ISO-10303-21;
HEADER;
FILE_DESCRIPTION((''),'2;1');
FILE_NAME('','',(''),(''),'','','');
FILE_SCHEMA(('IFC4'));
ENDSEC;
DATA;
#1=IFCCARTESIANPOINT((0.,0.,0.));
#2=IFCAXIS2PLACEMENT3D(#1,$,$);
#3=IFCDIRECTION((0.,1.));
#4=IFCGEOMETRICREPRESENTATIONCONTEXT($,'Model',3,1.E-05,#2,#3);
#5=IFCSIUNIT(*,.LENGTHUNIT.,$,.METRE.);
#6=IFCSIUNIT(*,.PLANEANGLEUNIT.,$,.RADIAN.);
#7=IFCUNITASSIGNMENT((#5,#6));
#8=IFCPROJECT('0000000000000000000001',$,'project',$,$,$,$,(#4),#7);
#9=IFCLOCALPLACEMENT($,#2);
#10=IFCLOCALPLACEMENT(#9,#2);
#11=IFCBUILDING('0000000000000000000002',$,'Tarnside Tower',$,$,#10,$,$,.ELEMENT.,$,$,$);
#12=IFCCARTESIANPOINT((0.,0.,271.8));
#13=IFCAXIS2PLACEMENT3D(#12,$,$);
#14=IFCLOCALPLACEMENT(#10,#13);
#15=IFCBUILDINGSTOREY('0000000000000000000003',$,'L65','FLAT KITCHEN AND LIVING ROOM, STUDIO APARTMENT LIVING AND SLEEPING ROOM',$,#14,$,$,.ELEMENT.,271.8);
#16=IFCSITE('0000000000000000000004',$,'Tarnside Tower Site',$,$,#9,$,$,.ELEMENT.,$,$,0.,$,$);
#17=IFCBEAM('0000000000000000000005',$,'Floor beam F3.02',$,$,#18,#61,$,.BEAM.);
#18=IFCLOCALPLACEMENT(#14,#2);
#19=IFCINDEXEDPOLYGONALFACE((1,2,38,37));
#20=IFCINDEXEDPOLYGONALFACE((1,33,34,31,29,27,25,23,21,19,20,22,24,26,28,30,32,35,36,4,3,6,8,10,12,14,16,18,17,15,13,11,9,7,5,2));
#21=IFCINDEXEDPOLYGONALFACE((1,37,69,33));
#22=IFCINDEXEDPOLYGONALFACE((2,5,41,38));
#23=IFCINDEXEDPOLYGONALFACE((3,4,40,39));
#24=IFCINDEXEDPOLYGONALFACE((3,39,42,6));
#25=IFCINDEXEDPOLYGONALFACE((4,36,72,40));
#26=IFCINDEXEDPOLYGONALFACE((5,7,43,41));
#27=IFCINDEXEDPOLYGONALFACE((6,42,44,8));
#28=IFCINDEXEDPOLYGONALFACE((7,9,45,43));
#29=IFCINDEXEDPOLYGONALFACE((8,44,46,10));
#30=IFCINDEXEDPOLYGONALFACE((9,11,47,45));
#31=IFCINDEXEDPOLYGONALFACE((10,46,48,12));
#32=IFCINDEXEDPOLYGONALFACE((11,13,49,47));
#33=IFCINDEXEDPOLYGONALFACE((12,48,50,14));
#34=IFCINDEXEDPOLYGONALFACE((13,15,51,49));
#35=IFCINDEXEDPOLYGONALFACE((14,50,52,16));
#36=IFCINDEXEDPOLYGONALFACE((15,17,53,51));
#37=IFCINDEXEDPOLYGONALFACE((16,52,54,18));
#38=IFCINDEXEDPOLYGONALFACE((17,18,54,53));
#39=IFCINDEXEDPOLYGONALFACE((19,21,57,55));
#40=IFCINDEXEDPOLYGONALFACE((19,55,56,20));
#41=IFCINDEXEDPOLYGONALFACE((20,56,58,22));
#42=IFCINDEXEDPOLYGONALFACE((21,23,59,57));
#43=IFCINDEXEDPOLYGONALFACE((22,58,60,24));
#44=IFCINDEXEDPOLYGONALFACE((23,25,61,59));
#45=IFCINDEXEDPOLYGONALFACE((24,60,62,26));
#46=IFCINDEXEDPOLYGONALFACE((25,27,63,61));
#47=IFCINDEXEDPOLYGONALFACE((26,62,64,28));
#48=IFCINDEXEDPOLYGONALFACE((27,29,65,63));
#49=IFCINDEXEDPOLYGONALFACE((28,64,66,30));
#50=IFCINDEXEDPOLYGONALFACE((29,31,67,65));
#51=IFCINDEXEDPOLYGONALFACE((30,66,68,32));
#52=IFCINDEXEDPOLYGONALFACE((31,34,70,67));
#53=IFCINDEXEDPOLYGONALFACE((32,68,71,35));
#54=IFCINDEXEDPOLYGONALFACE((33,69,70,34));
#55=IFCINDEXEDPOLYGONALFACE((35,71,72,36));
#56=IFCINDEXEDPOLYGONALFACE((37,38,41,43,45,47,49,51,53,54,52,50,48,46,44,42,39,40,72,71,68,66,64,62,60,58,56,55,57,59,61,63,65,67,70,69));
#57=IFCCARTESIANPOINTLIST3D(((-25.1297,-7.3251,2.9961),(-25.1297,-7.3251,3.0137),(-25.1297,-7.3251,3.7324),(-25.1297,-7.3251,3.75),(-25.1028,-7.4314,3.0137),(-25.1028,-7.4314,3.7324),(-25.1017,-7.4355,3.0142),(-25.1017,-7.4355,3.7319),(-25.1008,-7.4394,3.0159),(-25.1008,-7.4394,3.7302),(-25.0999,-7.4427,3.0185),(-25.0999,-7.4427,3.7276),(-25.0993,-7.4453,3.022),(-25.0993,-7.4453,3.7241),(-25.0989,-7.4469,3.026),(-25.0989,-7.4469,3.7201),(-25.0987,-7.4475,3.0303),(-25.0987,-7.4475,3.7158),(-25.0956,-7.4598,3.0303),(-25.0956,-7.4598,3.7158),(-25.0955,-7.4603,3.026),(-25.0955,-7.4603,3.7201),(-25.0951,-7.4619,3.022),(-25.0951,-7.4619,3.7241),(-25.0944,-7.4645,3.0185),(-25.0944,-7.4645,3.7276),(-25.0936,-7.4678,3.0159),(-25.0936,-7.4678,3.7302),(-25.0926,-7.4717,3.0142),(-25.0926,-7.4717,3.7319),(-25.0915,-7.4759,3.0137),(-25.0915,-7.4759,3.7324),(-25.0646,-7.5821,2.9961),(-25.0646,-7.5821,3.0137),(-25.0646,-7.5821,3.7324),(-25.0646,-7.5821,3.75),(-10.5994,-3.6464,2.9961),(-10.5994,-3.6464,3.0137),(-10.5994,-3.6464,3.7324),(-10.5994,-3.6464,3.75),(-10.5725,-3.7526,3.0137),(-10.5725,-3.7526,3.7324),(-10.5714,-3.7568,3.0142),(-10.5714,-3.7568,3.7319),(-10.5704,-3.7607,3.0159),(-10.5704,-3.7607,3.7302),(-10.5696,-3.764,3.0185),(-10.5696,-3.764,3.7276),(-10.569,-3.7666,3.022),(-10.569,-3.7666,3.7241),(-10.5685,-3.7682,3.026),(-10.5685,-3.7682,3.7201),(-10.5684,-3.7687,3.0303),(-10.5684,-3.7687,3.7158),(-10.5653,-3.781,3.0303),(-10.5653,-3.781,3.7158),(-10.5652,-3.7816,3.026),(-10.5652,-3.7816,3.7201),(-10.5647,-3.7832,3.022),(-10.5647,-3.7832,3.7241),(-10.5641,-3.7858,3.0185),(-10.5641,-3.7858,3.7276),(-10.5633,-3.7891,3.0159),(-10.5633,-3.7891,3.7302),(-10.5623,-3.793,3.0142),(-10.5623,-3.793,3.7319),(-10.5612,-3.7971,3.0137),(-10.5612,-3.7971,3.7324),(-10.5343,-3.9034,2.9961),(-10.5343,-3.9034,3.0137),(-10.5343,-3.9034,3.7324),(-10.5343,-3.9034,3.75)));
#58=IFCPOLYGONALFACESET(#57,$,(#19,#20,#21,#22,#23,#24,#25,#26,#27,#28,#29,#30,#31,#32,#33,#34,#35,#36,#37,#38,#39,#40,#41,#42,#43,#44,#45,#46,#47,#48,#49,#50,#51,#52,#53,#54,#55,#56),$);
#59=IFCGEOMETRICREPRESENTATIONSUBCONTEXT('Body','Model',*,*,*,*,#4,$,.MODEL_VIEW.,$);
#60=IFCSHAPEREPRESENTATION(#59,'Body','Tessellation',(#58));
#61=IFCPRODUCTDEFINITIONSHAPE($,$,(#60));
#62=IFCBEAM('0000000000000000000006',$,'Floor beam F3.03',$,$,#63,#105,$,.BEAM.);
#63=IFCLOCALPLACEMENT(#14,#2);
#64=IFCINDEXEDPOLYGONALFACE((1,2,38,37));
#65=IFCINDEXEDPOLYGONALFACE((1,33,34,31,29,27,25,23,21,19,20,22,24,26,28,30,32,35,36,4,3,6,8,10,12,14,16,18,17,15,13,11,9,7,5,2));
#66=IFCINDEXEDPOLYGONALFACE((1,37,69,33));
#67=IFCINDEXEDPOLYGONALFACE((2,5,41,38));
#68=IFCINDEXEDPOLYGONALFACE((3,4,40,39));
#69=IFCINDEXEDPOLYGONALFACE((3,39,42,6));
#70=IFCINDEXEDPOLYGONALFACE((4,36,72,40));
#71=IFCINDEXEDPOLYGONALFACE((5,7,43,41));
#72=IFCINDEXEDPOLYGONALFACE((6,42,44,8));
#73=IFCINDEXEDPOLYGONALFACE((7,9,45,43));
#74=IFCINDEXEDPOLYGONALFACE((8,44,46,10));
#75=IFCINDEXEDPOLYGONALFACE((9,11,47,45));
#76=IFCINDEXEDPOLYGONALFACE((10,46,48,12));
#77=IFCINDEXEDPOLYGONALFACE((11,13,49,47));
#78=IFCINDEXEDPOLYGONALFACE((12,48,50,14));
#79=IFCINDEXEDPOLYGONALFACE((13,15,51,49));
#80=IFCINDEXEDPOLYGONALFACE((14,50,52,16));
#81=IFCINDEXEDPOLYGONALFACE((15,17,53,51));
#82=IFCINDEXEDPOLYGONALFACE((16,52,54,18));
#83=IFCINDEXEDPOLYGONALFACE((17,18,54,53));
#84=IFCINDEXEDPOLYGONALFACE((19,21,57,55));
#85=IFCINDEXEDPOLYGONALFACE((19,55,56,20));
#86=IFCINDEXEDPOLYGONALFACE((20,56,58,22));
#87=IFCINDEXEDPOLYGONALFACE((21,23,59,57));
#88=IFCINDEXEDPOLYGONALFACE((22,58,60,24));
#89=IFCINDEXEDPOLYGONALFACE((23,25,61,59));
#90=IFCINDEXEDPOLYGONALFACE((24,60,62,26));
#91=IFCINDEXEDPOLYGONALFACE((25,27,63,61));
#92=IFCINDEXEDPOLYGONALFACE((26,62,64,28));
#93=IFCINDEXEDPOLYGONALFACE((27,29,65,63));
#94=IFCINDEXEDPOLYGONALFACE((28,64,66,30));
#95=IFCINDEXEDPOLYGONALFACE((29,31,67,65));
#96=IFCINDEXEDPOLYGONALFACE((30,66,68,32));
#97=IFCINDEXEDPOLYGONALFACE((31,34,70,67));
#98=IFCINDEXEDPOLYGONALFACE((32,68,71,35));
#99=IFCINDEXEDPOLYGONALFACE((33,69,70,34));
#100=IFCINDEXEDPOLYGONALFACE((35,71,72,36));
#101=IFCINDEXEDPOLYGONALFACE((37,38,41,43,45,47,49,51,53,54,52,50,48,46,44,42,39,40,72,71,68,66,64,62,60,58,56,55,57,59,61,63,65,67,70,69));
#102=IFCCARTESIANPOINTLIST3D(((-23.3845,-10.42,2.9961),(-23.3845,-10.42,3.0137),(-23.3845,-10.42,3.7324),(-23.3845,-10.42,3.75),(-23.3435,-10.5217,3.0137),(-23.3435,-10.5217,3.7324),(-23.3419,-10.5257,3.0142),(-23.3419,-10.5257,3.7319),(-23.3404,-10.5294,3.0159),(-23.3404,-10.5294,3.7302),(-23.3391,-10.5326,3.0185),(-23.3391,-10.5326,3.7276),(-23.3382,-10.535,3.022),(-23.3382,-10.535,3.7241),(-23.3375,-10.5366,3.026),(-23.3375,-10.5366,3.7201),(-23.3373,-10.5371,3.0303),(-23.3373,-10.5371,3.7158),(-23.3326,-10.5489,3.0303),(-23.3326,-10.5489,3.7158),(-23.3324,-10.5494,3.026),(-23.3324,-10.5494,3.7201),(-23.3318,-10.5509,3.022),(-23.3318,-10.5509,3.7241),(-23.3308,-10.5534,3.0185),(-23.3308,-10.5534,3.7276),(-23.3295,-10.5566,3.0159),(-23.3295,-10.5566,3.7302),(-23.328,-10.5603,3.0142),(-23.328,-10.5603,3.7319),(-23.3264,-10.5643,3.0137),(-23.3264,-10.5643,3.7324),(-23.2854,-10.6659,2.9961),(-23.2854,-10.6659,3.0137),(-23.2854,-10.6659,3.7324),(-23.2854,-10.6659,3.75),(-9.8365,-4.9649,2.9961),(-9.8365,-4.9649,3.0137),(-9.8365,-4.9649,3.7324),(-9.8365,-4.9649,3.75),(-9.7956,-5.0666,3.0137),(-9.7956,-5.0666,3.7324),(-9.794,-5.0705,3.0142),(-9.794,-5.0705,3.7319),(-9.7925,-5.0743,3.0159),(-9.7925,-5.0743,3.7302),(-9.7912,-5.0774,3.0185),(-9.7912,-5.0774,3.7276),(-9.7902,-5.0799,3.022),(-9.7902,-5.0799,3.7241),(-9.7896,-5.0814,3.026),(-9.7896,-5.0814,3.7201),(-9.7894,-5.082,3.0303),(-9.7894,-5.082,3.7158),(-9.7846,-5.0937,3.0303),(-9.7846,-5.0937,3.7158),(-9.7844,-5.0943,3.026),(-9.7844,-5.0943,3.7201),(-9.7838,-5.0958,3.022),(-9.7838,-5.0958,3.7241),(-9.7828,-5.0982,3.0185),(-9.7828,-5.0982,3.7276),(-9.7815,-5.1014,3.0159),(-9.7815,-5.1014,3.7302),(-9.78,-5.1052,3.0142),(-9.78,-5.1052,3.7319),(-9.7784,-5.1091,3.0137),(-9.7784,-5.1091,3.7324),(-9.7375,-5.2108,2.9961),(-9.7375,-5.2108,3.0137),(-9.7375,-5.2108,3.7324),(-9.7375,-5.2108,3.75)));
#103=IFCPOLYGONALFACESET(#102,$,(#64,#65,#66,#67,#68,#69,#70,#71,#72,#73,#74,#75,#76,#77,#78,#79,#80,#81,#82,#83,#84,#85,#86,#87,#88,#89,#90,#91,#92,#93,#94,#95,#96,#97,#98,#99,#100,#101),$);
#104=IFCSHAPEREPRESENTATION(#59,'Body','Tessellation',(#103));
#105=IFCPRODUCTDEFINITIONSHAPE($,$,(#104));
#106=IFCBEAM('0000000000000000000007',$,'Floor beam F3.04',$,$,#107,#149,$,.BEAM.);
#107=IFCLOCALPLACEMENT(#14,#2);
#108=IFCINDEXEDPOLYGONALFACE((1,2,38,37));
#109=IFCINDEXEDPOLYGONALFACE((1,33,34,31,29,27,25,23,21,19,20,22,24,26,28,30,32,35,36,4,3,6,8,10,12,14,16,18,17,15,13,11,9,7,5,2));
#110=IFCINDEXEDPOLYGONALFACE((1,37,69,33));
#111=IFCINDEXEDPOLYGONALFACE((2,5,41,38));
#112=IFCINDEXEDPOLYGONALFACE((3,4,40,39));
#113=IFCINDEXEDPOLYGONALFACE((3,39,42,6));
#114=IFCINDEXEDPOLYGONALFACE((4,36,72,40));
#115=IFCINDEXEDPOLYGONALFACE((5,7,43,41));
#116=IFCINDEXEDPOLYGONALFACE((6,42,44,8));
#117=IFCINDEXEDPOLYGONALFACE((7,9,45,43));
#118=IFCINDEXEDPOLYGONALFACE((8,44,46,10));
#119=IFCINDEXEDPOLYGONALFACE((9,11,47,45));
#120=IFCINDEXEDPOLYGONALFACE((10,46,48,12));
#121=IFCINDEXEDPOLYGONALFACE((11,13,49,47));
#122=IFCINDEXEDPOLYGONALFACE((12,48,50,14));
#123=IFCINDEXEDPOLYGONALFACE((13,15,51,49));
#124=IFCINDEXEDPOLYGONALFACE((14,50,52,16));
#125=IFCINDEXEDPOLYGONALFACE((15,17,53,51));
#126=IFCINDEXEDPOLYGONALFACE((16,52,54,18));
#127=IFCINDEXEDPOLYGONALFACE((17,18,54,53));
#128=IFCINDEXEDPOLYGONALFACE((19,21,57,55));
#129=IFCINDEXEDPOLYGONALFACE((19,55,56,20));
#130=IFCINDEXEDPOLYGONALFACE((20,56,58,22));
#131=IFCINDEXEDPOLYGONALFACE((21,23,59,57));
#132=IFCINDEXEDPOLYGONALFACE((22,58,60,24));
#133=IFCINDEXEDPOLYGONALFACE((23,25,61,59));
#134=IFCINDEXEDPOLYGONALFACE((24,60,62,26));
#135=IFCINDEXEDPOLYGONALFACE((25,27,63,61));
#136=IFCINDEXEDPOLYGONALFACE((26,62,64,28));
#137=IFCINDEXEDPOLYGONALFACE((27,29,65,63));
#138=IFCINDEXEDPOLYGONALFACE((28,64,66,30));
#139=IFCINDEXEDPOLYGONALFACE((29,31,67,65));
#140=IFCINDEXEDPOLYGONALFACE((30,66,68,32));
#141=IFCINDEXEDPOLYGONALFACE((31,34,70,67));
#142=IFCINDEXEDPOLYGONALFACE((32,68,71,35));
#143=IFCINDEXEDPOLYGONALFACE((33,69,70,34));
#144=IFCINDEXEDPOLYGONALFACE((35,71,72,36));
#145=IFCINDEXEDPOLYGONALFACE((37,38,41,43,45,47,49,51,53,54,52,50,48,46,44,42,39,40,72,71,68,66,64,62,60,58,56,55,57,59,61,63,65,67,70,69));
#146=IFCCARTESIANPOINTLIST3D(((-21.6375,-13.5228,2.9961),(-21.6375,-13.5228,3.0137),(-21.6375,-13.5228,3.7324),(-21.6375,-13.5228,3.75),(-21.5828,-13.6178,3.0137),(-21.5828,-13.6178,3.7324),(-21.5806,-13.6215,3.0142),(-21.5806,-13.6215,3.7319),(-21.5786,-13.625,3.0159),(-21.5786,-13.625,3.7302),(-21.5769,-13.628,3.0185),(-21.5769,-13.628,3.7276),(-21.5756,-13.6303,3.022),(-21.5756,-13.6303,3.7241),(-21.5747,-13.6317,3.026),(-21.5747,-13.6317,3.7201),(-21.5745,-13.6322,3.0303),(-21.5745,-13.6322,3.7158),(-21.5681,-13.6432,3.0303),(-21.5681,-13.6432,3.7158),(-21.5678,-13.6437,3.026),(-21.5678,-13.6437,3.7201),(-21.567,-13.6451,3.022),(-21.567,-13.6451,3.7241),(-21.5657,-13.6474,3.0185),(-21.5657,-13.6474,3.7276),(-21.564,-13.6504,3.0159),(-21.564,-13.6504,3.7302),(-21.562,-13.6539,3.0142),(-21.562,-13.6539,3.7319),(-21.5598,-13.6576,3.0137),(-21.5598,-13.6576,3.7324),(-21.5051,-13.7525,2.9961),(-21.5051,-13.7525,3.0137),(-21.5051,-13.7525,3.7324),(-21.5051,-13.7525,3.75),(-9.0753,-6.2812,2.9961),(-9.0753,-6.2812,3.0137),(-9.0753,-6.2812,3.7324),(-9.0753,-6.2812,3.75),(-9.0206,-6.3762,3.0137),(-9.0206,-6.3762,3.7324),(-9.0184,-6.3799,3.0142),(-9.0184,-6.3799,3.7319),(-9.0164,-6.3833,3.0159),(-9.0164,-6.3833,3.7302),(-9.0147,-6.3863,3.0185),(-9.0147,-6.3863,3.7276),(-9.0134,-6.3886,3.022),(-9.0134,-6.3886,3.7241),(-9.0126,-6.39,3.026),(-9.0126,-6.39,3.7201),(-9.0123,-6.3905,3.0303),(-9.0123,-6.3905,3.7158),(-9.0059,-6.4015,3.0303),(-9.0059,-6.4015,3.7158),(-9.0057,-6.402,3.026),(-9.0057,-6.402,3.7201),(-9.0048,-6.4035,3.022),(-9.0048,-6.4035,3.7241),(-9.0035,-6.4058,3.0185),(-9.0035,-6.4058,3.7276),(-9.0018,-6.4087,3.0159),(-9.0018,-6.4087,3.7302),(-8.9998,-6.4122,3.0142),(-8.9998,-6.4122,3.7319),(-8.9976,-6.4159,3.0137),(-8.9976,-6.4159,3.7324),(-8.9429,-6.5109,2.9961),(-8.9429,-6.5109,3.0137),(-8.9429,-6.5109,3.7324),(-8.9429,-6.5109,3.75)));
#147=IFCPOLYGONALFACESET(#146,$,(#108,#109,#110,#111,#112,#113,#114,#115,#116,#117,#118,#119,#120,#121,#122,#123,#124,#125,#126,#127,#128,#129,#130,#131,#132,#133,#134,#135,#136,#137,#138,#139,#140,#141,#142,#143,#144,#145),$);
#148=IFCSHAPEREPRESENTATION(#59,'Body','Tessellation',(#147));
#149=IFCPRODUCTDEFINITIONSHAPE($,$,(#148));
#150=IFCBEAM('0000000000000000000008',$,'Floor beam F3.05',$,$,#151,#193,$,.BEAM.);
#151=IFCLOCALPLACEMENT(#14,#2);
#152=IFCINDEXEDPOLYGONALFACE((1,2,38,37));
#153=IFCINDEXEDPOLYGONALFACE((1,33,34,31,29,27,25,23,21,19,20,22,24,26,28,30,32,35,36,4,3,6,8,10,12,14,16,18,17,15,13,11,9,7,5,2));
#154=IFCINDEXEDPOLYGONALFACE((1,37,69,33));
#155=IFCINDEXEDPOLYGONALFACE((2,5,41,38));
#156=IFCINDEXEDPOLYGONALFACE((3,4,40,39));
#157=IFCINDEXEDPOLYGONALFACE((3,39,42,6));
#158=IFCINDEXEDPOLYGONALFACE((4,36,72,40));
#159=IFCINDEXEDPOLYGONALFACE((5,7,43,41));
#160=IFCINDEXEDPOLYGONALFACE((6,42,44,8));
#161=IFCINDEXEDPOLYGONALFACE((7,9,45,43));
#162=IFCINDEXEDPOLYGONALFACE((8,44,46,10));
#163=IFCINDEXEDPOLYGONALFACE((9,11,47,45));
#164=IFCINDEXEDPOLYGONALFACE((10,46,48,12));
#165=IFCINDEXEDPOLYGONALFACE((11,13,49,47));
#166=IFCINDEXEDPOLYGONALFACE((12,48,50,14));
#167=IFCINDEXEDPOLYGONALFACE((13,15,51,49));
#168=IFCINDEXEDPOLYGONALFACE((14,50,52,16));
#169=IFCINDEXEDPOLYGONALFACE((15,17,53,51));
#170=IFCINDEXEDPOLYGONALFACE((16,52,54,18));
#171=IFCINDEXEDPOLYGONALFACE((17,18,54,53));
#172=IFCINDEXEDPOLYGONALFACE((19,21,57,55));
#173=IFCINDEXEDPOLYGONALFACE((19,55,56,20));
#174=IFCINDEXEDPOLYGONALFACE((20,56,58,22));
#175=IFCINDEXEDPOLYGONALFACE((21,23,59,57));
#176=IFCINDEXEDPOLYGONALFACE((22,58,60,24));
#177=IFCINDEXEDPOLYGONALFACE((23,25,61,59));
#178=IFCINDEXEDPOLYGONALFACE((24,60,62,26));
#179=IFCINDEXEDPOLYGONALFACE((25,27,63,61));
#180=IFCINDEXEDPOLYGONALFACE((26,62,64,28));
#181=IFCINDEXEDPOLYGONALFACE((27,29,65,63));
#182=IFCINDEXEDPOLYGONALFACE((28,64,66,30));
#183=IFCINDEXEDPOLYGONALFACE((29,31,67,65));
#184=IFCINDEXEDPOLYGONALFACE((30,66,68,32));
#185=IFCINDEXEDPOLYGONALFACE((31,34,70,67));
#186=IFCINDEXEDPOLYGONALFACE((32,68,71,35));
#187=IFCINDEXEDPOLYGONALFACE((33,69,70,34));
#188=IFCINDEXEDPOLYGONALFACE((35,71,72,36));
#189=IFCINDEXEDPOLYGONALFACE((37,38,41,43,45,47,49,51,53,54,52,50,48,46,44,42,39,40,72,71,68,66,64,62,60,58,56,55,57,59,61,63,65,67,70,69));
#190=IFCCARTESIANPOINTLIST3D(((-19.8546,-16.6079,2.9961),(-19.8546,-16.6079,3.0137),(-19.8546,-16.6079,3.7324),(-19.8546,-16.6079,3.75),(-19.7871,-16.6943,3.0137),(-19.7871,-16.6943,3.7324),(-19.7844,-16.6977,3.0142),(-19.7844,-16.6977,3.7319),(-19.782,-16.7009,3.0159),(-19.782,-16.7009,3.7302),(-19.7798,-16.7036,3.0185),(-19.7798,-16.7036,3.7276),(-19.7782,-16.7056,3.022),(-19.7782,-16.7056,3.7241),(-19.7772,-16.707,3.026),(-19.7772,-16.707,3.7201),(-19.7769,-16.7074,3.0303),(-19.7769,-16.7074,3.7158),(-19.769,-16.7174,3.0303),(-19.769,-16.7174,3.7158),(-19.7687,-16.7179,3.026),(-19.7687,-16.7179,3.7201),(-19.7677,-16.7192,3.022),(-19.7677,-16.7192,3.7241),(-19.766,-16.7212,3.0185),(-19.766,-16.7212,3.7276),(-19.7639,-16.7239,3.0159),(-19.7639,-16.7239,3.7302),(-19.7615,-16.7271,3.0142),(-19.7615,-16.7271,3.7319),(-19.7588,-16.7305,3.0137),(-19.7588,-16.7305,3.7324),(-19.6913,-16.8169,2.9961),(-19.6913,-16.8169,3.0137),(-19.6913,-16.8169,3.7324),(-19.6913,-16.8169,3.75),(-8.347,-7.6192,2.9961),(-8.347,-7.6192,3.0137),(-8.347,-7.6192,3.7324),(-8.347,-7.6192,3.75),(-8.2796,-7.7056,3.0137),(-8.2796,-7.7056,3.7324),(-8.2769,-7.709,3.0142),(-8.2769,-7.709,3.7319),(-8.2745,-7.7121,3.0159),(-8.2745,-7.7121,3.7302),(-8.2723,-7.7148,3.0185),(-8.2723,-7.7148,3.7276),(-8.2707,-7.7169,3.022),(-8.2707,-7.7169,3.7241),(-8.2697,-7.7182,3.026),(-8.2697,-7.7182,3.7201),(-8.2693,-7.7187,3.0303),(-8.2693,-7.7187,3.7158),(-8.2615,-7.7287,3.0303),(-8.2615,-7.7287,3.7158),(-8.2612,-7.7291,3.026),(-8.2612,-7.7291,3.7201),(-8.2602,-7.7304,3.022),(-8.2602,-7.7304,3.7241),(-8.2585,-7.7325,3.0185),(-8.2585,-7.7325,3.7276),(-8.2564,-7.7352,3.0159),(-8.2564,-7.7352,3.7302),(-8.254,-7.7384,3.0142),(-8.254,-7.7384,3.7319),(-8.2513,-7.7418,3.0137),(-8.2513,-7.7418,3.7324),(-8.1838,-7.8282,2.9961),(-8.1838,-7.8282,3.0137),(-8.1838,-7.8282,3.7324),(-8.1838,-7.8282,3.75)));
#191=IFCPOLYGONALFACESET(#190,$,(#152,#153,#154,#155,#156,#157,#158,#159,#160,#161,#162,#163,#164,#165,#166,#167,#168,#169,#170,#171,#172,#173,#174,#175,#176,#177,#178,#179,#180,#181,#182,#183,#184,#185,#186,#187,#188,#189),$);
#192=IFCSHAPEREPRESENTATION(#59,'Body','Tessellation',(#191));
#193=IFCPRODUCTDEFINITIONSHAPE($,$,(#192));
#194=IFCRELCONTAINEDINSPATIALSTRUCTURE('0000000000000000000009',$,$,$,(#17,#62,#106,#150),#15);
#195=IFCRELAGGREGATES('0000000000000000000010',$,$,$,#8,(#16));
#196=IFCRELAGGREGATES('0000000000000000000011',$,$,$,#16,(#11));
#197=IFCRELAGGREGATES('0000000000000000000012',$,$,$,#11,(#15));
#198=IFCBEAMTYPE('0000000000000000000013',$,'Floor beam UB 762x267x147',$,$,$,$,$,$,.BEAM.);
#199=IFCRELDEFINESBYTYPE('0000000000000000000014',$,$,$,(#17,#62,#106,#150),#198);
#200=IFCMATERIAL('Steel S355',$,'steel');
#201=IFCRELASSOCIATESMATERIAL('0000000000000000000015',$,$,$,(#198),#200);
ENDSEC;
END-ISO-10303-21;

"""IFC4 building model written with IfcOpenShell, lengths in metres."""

from ifc_helpers import new_model, si_unit, direction, frame, origin, origin_2d, place, context, subcontext, project, spatial, i_section, extrude, material, material_profile, profile_set, type_object, element, save


model = new_model("IFC4")

# Units and contexts
model_context = context("Model", 3, precision=1e-05, world=origin(), true_north=direction((0.0, 1.0)))
body_context = subcontext(model_context, "Body", "Model", "MODEL_VIEW")
ifc_project = project(units=[si_unit("LENGTHUNIT", "METRE"), si_unit("PLANEANGLEUNIT", "RADIAN")], contexts=[model_context])

# Site, building, storey
site_placement = place(None, origin())
site = spatial("IfcSite", under=ifc_project, at=site_placement, Name="Tarnside Tower Site", CompositionType="ELEMENT", RefElevation=0.0)
building_placement = place(site_placement, origin())
building = spatial("IfcBuilding", under=site, at=building_placement, Name="Tarnside Tower", CompositionType="ELEMENT")
storey_placement = place(building_placement, frame((0.0, 0.0, 271.8)))
storey = spatial("IfcBuildingStorey", under=building, at=storey_placement, Name="L65", Description="FLAT KITCHEN AND LIVING ROOM, STUDIO APARTMENT LIVING AND SLEEPING ROOM", CompositionType="ELEMENT", Elevation=271.8)

# Beams
ifc_material_1 = material(Name="Steel S355", Category="steel")
ifc_material_profile_1 = material_profile(ifc_material_1, i_section(OverallWidth=0.2651, OverallDepth=0.7539, WebThickness=0.0127, FlangeThickness=0.0176, FilletRadius=0.0166, at=origin_2d()), Name="UB 762x267x147")
ifc_profile_set_1 = profile_set([ifc_material_profile_1], Name="Steel S355")
beam_type_1 = type_object("IfcBeamType", Name="Floor beam UB 762x267x147", PredefinedType="BEAM", material=ifc_profile_set_1)
beam_1_placement = place(storey_placement, frame((-25.0972, -7.4536, 3.373), z_axis=(0.969414, 0.245432, 0.0), x_axis=(-0.245432, 0.969414, 0.0)))
element("IfcBeam", 1, at=beam_1_placement, inside=storey, type_object=beam_type_1, Name="Floor beam F3.02", PredefinedType="BEAM", context=body_context, shape_type="SweptSolid", body=[
    extrude(i_section(OverallWidth=0.2651, OverallDepth=0.7539, WebThickness=0.0127, FlangeThickness=0.0176, FilletRadius=0.0166, at=origin_2d()), origin(), (0.0, 0.0, 1.0), 14.9888),
])
beam_2_placement = place(storey_placement, frame((-23.335, -10.543, 3.373), z_axis=(0.927626, 0.373511, 0.0), x_axis=(-0.373511, 0.927626, 0.0)))
element("IfcBeam", 2, at=beam_2_placement, inside=storey, type_object=beam_type_1, Name="Floor beam F3.03", PredefinedType="BEAM", context=body_context, shape_type="SweptSolid", body=[
    extrude(i_section(OverallWidth=0.2651, OverallDepth=0.7539, WebThickness=0.0127, FlangeThickness=0.0176, FilletRadius=0.0166, at=origin_2d()), origin(), (0.0, 0.0, 1.0), 14.605),
])
beam_3_placement = place(storey_placement, frame((-21.5713, -13.6377, 3.373), z_axis=(0.866357, 0.499425, 0.0), x_axis=(-0.499425, 0.866357, 0.0)))
element("IfcBeam", 3, at=beam_3_placement, inside=storey, type_object=beam_type_1, Name="Floor beam F3.04", PredefinedType="BEAM", context=body_context, shape_type="SweptSolid", body=[
    extrude(i_section(OverallWidth=0.2651, OverallDepth=0.7539, WebThickness=0.0127, FlangeThickness=0.0176, FilletRadius=0.0166, at=origin_2d()), origin(), (0.0, 0.0, 1.0), 14.5),
])
beam_4_placement = place(storey_placement, frame((-19.7729, -16.7124, 3.373), z_axis=(0.788075, 0.615579, 0.0), x_axis=(-0.615579, 0.788075, 0.0)))
element("IfcBeam", 4, at=beam_4_placement, inside=storey, type_object=beam_type_1, Name="Floor beam F3.05", PredefinedType="BEAM", context=body_context, shape_type="SweptSolid", body=[
    extrude(i_section(OverallWidth=0.2651, OverallDepth=0.7539, WebThickness=0.0127, FlangeThickness=0.0176, FilletRadius=0.0166, at=origin_2d()), origin(), (0.0, 0.0, 1.0), 14.6021),
])

save(model, "model.ifc")
